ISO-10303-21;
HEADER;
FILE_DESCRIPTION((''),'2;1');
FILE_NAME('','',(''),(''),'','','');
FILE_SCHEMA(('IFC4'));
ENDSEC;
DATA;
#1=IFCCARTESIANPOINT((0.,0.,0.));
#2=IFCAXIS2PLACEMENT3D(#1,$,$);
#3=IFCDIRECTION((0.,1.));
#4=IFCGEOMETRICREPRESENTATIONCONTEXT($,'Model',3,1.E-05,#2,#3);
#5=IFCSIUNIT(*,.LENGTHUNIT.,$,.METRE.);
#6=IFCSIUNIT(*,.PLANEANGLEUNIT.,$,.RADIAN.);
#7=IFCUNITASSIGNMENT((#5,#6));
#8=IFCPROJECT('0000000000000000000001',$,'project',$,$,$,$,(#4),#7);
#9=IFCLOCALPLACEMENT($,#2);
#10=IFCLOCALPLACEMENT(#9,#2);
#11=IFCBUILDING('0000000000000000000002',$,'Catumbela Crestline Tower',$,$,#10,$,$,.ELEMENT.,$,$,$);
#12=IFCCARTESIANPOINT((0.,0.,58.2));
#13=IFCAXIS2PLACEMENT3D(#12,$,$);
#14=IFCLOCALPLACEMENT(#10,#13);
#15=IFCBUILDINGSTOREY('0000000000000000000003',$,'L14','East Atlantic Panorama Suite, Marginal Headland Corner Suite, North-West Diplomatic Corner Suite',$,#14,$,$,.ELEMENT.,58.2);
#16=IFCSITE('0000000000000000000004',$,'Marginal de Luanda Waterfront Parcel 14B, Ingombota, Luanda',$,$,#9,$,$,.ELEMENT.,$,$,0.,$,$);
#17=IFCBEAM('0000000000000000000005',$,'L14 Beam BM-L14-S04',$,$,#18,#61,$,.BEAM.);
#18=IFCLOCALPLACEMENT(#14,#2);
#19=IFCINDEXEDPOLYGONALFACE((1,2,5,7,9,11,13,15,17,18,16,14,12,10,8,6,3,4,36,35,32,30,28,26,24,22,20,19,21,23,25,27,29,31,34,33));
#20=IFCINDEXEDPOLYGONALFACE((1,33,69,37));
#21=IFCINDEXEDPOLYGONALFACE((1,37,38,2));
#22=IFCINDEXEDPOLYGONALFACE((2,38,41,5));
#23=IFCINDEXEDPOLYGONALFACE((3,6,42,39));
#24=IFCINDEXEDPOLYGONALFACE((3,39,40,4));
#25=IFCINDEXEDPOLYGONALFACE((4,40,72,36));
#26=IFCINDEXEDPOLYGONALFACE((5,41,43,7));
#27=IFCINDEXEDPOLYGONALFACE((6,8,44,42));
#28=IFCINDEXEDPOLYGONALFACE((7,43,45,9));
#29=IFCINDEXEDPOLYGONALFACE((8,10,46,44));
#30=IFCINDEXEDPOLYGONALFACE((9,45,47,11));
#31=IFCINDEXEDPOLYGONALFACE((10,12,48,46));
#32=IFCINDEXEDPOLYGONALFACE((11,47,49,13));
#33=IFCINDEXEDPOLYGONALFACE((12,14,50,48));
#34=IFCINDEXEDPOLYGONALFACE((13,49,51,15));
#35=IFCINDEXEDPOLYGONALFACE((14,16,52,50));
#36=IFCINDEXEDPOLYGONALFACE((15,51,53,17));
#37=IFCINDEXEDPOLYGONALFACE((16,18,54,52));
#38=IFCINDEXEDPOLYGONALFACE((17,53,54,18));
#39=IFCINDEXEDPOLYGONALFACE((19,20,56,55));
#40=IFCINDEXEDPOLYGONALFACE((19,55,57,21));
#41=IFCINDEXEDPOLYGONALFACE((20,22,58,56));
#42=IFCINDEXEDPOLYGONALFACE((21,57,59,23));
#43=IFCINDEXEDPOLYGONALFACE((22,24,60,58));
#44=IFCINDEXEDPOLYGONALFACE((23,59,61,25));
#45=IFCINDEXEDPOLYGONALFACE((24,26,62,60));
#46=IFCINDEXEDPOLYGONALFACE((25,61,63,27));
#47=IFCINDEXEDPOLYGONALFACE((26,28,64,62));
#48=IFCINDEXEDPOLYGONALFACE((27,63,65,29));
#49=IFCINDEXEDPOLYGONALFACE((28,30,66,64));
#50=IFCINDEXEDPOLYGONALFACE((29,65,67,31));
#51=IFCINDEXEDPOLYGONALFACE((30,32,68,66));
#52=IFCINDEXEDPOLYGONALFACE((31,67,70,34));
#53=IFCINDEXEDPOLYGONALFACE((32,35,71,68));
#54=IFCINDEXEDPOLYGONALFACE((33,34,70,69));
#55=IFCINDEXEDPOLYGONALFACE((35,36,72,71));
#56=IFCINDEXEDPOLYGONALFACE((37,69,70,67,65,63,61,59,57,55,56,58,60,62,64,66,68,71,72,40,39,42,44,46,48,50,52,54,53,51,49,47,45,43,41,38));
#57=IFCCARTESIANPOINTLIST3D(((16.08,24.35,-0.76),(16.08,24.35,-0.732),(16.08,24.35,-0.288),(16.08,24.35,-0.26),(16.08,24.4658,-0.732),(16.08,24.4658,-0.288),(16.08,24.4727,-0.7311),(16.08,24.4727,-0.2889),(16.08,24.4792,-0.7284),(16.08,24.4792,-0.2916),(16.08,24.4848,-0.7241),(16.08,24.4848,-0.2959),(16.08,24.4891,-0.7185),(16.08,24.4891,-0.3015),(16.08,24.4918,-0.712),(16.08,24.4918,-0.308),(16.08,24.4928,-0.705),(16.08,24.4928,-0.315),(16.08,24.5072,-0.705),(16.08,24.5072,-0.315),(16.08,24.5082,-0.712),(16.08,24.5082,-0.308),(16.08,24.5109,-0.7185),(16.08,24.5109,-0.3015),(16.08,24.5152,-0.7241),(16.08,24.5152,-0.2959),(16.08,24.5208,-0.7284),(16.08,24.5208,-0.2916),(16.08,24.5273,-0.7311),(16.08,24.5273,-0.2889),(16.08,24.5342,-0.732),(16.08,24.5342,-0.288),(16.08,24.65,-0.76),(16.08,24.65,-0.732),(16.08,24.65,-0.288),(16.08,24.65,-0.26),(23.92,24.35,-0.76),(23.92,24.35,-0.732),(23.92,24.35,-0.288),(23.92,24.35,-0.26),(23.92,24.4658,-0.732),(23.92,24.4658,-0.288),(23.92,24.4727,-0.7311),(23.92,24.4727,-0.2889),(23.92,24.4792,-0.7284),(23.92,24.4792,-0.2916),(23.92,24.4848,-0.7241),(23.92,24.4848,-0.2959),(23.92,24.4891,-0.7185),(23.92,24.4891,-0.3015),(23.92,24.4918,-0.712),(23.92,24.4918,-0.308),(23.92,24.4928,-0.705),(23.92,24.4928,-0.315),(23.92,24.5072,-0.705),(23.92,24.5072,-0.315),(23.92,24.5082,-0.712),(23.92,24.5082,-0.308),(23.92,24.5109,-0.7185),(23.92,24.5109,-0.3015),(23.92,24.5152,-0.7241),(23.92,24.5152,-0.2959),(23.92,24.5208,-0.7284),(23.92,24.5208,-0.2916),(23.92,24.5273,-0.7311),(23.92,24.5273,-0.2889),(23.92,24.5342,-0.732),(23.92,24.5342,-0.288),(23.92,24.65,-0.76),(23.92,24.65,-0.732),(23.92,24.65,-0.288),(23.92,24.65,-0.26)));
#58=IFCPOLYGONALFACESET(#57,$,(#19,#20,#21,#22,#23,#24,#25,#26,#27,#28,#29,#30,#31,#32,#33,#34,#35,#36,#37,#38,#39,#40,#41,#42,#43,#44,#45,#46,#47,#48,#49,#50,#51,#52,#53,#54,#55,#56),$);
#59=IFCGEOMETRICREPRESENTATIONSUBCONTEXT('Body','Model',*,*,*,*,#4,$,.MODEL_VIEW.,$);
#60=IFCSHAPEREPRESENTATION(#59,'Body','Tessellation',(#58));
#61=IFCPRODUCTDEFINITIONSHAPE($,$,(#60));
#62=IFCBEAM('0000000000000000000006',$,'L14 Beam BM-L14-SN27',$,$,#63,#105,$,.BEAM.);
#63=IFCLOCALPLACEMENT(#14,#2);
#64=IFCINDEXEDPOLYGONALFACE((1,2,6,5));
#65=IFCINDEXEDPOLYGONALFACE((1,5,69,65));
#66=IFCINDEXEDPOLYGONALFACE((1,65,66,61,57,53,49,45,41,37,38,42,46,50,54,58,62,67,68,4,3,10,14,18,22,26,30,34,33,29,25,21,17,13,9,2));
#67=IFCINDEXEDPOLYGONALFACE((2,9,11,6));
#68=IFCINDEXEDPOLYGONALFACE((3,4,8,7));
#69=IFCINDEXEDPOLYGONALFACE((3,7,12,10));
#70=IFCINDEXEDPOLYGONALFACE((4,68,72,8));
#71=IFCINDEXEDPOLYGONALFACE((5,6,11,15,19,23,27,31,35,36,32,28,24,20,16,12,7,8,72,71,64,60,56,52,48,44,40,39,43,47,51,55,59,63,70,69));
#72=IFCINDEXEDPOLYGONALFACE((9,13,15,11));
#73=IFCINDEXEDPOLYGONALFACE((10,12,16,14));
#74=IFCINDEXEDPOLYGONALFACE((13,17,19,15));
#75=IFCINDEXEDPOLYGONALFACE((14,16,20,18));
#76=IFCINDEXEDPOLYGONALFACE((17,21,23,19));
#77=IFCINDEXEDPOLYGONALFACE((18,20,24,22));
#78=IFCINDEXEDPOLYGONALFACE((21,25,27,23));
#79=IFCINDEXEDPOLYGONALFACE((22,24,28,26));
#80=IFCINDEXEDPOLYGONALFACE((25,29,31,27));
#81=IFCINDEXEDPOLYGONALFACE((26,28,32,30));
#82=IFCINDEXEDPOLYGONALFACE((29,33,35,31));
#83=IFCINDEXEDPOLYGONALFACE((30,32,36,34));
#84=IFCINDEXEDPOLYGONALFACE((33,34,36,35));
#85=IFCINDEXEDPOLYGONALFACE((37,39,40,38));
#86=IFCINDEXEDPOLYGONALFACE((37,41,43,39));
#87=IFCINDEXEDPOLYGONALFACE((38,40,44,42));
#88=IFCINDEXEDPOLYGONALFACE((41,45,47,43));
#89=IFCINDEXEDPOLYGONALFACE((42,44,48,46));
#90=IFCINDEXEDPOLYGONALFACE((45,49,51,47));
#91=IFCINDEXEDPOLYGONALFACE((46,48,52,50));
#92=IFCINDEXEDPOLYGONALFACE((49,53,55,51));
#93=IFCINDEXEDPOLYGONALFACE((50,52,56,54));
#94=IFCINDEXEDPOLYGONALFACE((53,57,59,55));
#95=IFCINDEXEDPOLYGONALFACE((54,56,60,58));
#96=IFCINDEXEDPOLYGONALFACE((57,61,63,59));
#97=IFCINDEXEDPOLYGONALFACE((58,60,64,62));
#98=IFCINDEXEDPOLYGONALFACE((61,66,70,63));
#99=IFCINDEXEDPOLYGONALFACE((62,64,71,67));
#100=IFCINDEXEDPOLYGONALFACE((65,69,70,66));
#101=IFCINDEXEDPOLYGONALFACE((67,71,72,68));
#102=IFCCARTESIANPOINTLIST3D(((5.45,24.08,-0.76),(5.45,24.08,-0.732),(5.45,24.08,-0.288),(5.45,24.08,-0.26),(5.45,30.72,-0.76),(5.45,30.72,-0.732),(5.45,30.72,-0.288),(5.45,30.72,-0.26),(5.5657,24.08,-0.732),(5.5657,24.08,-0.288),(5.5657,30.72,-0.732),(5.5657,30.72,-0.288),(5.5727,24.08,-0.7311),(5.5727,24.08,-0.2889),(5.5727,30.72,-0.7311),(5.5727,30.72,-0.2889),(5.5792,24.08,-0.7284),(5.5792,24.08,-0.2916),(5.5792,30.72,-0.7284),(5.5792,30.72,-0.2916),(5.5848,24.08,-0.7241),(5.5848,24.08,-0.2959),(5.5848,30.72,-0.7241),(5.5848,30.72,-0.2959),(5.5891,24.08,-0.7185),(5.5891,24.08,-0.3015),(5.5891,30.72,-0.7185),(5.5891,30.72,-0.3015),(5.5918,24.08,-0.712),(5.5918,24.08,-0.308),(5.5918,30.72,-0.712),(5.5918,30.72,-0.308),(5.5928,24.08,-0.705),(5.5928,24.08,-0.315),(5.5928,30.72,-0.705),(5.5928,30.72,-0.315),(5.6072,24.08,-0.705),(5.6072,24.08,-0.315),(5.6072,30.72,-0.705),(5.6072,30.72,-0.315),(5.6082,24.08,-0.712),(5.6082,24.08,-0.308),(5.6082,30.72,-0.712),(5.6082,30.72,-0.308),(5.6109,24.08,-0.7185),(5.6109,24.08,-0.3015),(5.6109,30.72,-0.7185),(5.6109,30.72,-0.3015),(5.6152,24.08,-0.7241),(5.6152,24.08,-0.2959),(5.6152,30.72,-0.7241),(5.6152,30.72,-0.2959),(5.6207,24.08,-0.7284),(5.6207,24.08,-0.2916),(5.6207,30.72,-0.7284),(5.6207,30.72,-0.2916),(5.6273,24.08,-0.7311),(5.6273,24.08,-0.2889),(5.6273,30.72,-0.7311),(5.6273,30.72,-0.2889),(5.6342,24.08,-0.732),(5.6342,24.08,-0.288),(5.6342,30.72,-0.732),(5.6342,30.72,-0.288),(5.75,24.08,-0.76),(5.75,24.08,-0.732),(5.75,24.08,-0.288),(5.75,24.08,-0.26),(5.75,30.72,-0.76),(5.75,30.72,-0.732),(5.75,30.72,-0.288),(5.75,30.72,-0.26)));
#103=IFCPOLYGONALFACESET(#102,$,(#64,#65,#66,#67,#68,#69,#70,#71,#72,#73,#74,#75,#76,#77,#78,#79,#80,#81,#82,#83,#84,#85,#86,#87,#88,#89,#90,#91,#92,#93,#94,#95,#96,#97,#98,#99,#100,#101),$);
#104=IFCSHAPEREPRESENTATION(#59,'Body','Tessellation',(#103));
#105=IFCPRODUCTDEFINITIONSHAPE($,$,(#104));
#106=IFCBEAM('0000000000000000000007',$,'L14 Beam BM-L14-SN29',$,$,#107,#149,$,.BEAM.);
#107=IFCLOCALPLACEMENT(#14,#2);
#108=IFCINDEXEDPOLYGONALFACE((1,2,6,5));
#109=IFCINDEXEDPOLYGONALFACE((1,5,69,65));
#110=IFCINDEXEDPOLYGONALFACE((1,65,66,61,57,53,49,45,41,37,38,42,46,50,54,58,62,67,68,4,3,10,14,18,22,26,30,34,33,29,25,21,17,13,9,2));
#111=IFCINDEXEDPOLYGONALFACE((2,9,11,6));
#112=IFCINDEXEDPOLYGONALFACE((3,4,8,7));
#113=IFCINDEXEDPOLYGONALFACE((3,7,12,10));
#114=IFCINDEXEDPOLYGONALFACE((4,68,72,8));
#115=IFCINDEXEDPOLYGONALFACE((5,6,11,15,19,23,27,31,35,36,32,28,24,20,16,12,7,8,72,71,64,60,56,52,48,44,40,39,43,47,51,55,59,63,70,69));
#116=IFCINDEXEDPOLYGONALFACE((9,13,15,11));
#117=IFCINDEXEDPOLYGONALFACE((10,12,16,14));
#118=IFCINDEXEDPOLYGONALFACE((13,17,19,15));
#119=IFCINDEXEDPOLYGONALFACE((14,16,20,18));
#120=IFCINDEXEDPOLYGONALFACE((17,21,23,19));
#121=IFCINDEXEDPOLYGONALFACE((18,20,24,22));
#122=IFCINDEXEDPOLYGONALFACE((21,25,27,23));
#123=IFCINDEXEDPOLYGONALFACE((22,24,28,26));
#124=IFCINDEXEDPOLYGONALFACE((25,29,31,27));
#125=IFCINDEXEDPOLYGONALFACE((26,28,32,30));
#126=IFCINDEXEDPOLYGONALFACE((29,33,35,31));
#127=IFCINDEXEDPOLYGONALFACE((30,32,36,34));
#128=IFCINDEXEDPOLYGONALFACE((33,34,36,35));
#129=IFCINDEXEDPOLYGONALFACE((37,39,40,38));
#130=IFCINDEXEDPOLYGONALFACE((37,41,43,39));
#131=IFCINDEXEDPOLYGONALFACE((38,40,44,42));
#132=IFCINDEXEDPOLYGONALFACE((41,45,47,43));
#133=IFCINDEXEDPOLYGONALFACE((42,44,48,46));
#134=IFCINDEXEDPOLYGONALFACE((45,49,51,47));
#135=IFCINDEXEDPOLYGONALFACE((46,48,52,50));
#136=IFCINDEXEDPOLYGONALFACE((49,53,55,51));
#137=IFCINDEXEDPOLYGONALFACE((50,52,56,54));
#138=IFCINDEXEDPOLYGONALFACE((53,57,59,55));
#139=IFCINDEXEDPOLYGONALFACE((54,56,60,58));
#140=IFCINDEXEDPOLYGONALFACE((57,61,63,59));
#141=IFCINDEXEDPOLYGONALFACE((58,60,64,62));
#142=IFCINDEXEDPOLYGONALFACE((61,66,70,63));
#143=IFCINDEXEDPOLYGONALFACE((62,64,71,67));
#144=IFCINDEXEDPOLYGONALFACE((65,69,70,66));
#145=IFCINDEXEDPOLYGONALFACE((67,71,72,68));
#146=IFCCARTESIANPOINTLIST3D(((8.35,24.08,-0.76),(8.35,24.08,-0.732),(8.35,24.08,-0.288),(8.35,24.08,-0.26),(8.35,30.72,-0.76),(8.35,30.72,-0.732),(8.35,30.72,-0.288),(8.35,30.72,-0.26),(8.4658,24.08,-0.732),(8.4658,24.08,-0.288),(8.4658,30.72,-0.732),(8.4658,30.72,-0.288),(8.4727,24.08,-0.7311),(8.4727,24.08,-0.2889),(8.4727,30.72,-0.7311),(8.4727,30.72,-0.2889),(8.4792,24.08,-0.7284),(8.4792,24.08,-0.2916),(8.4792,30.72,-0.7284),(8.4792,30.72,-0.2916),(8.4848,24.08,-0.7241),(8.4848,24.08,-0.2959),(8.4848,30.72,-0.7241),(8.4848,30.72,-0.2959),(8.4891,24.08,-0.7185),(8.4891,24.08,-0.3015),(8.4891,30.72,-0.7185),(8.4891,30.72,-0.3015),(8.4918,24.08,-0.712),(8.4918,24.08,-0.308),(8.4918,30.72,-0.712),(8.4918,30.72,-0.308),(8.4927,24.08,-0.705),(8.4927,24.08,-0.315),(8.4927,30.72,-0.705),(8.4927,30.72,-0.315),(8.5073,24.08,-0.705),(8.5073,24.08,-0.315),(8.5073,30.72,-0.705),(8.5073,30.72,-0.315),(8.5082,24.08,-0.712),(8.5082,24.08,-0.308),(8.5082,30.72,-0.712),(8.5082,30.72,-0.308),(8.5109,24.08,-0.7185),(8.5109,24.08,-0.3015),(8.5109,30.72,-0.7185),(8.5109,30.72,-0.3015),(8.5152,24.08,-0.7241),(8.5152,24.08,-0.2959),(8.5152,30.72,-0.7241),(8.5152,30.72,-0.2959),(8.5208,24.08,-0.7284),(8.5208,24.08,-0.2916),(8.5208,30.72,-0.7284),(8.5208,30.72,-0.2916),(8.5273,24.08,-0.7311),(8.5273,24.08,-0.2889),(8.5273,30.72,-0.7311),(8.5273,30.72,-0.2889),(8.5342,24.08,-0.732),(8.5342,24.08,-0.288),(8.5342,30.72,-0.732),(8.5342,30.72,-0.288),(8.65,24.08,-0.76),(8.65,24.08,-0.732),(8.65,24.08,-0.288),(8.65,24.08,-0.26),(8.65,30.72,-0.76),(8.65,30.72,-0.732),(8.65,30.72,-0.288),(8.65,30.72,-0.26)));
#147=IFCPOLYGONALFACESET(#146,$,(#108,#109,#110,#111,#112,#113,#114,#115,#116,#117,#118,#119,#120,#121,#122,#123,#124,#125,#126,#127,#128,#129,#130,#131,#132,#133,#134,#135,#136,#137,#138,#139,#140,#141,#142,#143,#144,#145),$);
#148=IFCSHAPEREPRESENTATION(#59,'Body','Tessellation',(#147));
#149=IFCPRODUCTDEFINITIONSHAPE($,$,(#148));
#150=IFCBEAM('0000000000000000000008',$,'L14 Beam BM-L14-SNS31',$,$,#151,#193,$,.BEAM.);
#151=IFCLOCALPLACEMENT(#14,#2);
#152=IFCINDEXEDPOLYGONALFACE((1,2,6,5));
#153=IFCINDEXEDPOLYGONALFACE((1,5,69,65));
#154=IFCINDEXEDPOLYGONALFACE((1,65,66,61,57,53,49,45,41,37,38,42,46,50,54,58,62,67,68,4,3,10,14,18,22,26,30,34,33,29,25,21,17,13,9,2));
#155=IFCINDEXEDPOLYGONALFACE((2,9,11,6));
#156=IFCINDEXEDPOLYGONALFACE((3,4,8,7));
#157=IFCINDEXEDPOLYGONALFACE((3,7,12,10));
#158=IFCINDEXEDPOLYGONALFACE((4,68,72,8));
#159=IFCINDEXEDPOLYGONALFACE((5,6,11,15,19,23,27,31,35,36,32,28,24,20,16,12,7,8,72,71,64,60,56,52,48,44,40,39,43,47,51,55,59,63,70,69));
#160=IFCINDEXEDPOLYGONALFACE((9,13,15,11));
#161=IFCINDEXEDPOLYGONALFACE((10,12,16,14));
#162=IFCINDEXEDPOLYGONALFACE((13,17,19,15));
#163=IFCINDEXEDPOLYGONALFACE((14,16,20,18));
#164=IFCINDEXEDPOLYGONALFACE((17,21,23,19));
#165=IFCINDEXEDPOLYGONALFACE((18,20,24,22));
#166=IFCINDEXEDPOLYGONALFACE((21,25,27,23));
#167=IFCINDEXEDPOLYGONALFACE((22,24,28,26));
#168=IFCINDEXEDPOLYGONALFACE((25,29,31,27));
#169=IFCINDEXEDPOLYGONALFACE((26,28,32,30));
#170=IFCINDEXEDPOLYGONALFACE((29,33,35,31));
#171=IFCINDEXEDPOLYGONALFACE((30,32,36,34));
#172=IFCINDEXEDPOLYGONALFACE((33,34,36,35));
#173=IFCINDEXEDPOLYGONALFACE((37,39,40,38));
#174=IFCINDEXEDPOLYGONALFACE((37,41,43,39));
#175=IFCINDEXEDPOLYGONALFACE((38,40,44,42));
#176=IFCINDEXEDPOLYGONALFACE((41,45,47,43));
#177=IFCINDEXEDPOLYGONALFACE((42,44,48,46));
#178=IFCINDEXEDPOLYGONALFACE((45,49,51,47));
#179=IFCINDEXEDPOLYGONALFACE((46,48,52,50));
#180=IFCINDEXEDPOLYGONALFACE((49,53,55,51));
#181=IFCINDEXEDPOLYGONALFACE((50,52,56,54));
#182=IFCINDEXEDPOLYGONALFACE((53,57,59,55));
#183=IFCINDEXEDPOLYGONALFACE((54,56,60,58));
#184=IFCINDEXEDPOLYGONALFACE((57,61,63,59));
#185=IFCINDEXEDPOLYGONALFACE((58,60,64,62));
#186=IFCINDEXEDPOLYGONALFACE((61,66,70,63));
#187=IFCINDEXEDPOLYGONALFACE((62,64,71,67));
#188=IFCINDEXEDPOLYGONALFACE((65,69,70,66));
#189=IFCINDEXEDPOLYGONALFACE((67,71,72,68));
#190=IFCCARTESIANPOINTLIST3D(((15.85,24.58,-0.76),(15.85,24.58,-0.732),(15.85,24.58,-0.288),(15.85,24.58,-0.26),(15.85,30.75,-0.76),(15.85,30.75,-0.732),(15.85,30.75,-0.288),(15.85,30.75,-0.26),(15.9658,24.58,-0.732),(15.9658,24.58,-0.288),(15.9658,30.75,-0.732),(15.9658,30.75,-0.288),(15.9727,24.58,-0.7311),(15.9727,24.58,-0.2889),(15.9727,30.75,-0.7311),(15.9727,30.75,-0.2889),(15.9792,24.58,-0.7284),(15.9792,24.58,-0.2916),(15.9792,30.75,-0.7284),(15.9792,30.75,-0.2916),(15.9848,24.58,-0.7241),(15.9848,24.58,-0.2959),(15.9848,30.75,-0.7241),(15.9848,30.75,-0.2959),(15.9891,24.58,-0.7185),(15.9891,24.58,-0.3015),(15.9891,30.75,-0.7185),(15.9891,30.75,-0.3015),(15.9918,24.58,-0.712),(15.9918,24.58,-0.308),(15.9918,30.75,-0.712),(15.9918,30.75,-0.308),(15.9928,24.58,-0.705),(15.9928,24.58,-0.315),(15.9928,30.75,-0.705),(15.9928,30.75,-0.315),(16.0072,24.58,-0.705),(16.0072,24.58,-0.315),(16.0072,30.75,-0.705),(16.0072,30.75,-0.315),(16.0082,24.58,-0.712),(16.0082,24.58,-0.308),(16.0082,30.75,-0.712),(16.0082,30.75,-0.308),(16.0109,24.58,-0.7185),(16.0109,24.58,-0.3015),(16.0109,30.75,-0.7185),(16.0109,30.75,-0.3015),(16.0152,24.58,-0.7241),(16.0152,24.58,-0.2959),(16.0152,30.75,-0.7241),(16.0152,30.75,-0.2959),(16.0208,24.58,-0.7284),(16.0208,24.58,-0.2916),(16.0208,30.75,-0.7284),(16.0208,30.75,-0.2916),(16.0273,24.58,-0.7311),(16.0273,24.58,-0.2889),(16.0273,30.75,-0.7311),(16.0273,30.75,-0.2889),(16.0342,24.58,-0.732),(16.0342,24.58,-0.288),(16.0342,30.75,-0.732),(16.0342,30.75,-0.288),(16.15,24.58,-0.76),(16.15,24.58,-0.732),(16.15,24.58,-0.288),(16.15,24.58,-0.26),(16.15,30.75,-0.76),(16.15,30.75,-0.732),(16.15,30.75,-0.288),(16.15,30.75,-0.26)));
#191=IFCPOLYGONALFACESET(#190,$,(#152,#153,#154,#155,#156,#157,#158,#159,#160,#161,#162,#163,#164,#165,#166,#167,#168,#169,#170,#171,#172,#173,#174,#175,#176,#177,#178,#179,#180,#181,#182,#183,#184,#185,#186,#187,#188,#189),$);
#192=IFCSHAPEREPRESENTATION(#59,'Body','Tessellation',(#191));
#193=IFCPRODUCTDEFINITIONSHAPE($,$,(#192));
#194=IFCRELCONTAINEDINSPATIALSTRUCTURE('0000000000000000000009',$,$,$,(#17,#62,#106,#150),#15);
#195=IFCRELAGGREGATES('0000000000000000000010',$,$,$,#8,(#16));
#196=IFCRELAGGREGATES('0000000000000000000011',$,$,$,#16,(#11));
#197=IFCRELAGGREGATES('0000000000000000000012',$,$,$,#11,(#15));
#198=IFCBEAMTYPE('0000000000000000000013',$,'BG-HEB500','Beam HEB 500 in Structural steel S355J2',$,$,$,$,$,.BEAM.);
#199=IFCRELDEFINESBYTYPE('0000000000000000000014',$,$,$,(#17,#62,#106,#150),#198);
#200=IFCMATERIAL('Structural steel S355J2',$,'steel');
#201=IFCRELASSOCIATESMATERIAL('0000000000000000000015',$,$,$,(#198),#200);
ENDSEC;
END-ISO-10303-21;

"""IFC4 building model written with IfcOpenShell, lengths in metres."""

from ifc_helpers import new_model, si_unit, direction, frame, origin, origin_2d, place, context, subcontext, project, spatial, i_section, extrude, material, material_profile, profile_set, type_object, element, save


model = new_model("IFC4")

# Units and contexts
model_context = context("Model", 3, precision=1e-05, world=origin(), true_north=direction((0.0, 1.0)))
body_context = subcontext(model_context, "Body", "Model", "MODEL_VIEW")
ifc_project = project(units=[si_unit("LENGTHUNIT", "METRE"), si_unit("PLANEANGLEUNIT", "RADIAN")], contexts=[model_context])

# Site, building, storey
site_placement = place(None, origin())
site = spatial("IfcSite", under=ifc_project, at=site_placement, Name="Marginal de Luanda Waterfront Parcel 14B, Ingombota, Luanda", CompositionType="ELEMENT", RefElevation=0.0)
building_placement = place(site_placement, origin())
building = spatial("IfcBuilding", under=site, at=building_placement, Name="Catumbela Crestline Tower", CompositionType="ELEMENT")
storey_placement = place(building_placement, frame((0.0, 0.0, 58.2)))
storey = spatial("IfcBuildingStorey", under=building, at=storey_placement, Name="L14", Description="East Atlantic Panorama Suite, Marginal Headland Corner Suite, North-West Diplomatic Corner Suite", CompositionType="ELEMENT", Elevation=58.2)

# Beams
ifc_material_1 = material(Name="Structural steel S355J2", Category="steel")
ifc_material_profile_1 = material_profile(ifc_material_1, i_section(OverallWidth=0.3, OverallDepth=0.5, WebThickness=0.0145, FlangeThickness=0.028, FilletRadius=0.027, at=origin_2d()), Name="HEB 500")
ifc_profile_set_1 = profile_set([ifc_material_profile_1], Name="Structural steel S355J2")
beam_type_1 = type_object("IfcBeamType", Name="BG-HEB500", Description="Beam HEB 500 in Structural steel S355J2", PredefinedType="BEAM", material=ifc_profile_set_1)
beam_1_placement = place(storey_placement, frame((16.08, 24.5, -0.51), z_axis=(1.0, 0.0, 0.0), x_axis=(0.0, 1.0, 0.0)))
element("IfcBeam", 1, at=beam_1_placement, inside=storey, type_object=beam_type_1, Name="L14 Beam BM-L14-S04", PredefinedType="BEAM", context=body_context, shape_type="SweptSolid", body=[
    extrude(i_section(OverallWidth=0.3, OverallDepth=0.5, WebThickness=0.0145, FlangeThickness=0.028, FilletRadius=0.027, at=origin_2d()), origin(), (0.0, 0.0, 1.0), 7.84),
])
for number, where, z_axis, x_axis, name in (
    (2, (5.6, 24.08, -0.51), (0.0, 1.0, 0.0), (-1.0, 0.0, 0.0), "L14 Beam BM-L14-SN27"),
    (3, (8.5, 24.08, -0.51), (0.0, 1.0, 0.0), (-1.0, 0.0, 0.0), "L14 Beam BM-L14-SN29"),
):
    element("IfcBeam", number, at=place(storey_placement, frame(where, z_axis=z_axis, x_axis=x_axis)), inside=storey, type_object=beam_type_1, Name=name, PredefinedType="BEAM", context=body_context, shape_type="SweptSolid", body=[
        extrude(i_section(OverallWidth=0.3, OverallDepth=0.5, WebThickness=0.0145, FlangeThickness=0.028, FilletRadius=0.027, at=origin_2d()), origin(), (0.0, 0.0, 1.0), 6.64),
    ])
beam_2_placement = place(storey_placement, frame((16.0, 24.58, -0.51), z_axis=(0.0, 1.0, 0.0), x_axis=(-1.0, 0.0, 0.0)))
element("IfcBeam", 4, at=beam_2_placement, inside=storey, type_object=beam_type_1, Name="L14 Beam BM-L14-SNS31", PredefinedType="BEAM", context=body_context, shape_type="SweptSolid", body=[
    extrude(i_section(OverallWidth=0.3, OverallDepth=0.5, WebThickness=0.0145, FlangeThickness=0.028, FilletRadius=0.027, at=origin_2d()), origin(), (0.0, 0.0, 1.0), 6.17),
])

save(model, "model.ifc")
